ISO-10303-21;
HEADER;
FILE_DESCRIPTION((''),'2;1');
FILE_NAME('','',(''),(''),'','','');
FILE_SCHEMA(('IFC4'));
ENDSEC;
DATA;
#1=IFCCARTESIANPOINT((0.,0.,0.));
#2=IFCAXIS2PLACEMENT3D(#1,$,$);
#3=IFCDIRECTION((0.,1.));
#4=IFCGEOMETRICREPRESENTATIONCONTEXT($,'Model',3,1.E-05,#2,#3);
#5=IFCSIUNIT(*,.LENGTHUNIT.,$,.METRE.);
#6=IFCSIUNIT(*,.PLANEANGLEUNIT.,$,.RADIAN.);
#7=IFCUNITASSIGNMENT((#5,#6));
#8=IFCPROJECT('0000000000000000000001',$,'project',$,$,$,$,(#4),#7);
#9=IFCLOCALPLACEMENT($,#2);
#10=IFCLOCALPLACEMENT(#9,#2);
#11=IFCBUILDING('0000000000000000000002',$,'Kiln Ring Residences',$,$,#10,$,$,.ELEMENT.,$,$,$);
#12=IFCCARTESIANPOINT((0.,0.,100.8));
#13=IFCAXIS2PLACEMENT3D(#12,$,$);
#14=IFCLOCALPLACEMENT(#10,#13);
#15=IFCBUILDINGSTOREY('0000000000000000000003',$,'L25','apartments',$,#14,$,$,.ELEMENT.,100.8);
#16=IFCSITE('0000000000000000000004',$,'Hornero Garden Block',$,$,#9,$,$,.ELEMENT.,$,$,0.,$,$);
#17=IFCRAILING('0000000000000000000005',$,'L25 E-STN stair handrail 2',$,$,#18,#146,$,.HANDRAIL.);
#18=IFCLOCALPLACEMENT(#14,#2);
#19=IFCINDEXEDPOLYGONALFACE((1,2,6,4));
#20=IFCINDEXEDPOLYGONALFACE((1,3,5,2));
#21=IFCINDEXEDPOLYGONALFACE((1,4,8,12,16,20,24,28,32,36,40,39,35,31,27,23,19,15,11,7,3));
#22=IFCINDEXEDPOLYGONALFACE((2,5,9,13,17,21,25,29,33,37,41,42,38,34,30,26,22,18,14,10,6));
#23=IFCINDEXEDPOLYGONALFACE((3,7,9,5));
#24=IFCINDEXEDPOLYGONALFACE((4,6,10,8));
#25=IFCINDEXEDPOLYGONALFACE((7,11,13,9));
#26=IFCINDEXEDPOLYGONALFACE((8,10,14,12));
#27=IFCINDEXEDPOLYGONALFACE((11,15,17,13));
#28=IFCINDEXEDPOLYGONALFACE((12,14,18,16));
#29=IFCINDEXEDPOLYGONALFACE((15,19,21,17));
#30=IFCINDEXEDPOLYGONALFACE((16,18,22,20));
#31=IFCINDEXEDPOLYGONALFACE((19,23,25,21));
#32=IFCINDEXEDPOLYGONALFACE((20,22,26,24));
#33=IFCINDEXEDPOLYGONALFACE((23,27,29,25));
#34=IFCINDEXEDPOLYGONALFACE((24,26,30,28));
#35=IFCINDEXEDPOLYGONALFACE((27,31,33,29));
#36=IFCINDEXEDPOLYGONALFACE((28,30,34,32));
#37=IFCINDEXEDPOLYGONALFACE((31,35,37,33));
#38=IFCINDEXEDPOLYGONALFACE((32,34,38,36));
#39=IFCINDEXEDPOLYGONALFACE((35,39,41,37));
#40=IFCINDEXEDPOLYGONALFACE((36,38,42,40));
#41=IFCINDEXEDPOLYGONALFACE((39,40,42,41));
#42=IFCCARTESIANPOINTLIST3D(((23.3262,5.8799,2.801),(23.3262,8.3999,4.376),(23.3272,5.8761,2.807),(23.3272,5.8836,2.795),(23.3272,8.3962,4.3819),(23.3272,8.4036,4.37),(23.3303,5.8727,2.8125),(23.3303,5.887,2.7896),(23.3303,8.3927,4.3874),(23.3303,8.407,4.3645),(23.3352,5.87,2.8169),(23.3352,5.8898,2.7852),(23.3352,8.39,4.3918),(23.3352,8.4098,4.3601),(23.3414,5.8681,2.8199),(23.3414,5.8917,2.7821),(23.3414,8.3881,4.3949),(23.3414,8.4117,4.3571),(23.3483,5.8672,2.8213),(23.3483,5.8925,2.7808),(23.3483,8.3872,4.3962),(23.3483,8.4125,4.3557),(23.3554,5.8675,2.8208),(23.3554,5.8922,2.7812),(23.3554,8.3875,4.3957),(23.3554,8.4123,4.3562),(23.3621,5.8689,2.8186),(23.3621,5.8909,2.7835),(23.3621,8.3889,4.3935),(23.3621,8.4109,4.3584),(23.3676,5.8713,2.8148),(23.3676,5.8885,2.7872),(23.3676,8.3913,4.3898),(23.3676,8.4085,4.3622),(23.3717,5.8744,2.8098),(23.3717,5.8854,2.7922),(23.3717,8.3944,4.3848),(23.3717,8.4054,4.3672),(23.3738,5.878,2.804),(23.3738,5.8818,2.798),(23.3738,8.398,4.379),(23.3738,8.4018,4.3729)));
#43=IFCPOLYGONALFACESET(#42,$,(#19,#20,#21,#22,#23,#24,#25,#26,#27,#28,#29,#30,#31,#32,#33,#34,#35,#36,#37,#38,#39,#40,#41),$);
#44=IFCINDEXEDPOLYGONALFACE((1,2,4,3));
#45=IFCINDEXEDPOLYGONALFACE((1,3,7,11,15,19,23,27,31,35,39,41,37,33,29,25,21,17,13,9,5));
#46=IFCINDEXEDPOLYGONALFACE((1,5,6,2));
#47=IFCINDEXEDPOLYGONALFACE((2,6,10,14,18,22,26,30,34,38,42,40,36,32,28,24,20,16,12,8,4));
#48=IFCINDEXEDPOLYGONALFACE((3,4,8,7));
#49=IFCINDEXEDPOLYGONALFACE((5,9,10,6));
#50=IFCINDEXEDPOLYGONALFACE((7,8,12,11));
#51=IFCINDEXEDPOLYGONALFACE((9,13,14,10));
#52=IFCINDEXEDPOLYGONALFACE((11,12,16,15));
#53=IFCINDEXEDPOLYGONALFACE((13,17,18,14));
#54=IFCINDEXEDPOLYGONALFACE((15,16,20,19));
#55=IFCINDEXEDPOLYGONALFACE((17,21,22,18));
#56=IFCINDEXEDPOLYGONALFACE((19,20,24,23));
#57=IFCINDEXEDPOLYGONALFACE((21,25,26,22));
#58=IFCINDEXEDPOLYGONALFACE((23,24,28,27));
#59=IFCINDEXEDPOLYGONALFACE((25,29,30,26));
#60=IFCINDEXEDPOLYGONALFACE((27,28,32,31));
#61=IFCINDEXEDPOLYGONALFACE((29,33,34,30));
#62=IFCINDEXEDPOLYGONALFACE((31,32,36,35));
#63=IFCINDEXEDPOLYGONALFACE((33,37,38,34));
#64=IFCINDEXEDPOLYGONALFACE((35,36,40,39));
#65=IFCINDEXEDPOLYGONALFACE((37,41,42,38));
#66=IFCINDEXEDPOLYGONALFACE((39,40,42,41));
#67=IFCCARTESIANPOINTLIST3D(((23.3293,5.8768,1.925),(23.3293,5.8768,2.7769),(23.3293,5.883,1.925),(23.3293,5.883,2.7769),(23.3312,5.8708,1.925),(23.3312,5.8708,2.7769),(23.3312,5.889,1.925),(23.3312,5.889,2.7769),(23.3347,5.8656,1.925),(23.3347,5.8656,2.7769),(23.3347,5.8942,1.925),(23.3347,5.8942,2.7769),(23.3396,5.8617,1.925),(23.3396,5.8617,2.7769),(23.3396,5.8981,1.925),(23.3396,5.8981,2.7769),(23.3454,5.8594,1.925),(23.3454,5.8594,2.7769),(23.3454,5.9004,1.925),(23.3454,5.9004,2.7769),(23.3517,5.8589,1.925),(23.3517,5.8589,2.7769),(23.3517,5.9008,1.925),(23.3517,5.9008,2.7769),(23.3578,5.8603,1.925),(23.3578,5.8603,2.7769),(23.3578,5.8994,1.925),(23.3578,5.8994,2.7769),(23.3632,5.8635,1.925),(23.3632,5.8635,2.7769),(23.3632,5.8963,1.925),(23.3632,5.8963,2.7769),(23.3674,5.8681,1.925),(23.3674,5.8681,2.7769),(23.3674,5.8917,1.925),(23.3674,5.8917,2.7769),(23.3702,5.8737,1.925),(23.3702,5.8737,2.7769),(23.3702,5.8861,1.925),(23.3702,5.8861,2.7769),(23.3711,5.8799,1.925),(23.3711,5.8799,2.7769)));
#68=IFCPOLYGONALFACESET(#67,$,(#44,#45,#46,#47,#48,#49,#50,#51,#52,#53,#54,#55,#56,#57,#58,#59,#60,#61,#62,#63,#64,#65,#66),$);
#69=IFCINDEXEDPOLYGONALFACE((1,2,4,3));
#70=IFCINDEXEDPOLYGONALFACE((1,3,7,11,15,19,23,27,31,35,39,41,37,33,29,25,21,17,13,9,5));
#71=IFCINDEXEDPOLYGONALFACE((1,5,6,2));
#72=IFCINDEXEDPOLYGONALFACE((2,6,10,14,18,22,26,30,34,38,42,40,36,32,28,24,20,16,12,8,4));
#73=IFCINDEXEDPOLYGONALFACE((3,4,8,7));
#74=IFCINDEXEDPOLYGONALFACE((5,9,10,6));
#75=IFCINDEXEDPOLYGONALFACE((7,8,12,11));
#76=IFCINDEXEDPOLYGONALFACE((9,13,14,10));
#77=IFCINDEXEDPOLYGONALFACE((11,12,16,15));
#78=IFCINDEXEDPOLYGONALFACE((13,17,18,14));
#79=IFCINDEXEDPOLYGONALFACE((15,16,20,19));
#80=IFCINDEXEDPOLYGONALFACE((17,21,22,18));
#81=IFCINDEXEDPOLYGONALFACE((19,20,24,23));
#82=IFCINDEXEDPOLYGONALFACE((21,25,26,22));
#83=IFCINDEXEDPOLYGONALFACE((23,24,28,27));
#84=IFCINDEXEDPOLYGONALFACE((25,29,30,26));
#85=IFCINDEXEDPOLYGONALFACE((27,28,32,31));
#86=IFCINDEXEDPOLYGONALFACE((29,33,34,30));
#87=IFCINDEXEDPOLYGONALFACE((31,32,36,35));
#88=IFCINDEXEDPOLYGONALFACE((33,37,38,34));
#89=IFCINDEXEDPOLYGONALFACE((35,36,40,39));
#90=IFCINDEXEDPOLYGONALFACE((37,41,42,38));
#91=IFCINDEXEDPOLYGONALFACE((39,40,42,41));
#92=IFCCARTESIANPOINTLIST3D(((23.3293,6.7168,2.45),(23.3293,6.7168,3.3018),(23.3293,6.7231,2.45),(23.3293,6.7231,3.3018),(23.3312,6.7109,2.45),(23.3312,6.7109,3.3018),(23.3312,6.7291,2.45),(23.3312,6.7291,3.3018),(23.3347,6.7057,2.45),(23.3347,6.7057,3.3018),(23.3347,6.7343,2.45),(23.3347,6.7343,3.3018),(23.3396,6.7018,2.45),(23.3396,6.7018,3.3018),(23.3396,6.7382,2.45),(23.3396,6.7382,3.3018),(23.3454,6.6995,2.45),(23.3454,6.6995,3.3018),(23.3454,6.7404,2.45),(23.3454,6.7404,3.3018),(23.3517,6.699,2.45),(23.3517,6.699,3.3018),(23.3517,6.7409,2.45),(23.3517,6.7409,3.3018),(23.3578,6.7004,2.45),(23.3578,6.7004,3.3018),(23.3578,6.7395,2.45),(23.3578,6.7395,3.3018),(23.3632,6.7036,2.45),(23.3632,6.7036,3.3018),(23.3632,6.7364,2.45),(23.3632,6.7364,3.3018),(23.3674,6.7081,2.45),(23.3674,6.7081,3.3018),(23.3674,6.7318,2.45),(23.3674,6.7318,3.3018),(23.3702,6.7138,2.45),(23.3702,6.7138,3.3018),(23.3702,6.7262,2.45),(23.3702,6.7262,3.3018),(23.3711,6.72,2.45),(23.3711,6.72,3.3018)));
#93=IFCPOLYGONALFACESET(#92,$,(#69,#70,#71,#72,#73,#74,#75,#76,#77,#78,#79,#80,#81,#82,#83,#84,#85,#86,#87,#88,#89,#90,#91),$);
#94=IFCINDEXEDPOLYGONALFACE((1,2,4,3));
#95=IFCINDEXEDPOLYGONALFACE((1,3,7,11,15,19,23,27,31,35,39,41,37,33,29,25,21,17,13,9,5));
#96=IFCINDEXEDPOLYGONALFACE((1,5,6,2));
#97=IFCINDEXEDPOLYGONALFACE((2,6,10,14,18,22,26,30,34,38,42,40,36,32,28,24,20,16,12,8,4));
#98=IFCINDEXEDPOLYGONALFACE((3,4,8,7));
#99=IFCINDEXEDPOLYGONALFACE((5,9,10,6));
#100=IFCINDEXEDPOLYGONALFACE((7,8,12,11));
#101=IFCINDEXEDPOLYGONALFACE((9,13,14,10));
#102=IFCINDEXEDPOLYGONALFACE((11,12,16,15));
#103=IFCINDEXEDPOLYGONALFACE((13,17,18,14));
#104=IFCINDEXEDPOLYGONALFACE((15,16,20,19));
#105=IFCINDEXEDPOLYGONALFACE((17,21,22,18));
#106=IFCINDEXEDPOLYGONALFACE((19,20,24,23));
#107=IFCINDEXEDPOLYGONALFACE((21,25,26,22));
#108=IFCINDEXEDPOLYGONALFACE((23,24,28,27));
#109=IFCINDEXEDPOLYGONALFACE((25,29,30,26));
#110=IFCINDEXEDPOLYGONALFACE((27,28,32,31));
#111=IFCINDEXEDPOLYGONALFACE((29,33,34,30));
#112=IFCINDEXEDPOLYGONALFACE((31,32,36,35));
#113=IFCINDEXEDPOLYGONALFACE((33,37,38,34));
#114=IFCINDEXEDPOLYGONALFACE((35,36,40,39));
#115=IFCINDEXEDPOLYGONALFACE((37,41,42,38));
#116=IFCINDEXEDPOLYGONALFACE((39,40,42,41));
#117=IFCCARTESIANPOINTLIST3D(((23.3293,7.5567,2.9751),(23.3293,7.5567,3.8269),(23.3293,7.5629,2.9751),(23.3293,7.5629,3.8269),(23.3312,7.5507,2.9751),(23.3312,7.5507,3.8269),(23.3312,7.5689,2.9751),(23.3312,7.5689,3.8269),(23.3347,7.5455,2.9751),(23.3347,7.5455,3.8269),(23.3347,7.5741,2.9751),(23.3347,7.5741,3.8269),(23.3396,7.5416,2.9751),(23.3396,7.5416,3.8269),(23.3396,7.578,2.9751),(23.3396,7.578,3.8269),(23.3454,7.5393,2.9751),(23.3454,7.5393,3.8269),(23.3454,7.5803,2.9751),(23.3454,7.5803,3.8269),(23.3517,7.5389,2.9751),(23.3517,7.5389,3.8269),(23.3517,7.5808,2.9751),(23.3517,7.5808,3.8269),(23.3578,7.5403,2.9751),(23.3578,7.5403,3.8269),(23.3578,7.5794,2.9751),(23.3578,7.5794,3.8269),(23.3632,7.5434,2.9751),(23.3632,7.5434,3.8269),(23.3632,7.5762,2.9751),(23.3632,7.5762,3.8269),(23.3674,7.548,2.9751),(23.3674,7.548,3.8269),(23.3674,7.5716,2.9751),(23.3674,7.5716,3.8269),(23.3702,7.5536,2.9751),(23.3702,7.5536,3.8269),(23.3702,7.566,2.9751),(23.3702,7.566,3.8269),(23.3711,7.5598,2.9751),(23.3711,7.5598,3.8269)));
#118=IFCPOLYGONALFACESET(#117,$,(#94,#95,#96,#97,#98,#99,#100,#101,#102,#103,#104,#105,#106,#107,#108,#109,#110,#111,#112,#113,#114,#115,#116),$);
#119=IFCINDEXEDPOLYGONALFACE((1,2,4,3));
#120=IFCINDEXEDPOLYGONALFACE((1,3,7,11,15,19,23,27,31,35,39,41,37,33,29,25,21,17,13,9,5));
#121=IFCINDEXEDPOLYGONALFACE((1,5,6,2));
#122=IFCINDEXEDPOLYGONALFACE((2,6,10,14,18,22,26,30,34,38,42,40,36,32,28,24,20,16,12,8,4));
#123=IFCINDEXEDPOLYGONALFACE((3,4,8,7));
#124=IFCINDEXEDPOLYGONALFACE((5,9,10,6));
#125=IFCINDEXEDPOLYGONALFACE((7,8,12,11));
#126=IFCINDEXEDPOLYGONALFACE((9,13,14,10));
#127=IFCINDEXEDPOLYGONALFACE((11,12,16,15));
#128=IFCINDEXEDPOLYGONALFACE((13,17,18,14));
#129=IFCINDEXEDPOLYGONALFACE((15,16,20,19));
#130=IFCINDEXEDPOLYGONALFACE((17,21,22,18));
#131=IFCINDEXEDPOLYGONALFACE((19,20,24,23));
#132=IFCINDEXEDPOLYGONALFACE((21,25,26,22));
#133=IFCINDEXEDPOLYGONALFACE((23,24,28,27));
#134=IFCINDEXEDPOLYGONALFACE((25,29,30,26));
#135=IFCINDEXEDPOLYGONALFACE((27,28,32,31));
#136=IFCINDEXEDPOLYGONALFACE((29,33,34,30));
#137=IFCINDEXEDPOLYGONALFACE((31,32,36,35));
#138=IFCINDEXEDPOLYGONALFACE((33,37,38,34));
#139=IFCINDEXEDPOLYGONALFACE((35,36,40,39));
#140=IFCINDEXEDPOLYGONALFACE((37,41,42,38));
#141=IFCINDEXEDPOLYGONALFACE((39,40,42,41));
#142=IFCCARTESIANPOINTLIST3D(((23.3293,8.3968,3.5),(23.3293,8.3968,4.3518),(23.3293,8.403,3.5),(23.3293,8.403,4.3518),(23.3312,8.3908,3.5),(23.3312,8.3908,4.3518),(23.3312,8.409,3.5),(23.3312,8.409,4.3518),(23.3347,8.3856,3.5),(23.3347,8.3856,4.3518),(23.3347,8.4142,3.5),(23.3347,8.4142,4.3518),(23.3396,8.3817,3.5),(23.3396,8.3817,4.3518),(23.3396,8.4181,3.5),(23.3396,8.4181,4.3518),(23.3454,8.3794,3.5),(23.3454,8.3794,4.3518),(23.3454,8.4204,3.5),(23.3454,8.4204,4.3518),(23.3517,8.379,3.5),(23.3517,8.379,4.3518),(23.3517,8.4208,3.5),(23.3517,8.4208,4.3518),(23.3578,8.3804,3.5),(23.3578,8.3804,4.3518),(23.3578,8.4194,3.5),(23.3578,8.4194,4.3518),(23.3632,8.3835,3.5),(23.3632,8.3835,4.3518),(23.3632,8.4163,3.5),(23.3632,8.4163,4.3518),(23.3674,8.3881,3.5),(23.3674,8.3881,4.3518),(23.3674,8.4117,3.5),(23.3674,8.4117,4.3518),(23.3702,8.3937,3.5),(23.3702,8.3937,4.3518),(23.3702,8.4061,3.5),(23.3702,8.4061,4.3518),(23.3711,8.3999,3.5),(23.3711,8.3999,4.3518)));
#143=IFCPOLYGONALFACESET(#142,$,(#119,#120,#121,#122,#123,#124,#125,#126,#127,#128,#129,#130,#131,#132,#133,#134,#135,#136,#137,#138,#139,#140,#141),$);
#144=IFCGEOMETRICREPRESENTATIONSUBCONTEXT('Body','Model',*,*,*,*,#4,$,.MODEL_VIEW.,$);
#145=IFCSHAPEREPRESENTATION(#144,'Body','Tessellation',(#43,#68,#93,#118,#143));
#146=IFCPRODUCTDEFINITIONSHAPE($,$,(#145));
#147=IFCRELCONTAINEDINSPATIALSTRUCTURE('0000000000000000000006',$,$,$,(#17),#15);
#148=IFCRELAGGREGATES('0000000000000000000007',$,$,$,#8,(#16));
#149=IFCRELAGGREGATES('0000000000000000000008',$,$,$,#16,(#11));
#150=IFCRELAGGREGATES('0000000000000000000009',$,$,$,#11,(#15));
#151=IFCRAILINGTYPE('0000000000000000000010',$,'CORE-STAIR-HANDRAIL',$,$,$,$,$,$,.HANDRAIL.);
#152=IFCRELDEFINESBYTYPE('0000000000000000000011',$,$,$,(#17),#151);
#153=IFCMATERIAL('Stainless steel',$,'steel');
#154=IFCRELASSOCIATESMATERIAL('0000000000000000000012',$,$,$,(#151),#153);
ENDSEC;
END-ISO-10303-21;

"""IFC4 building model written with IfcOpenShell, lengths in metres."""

from ifc_helpers import new_model, si_unit, direction, frame, origin, origin_2d, place, context, subcontext, project, spatial, circle, extrude, material, type_object, element, save


model = new_model("IFC4")

# Units and contexts
model_context = context("Model", 3, precision=1e-05, world=origin(), true_north=direction((0.0, 1.0)))
body_context = subcontext(model_context, "Body", "Model", "MODEL_VIEW")
ifc_project = project(units=[si_unit("LENGTHUNIT", "METRE"), si_unit("PLANEANGLEUNIT", "RADIAN")], contexts=[model_context])

# Site, building, storey
site_placement = place(None, origin())
site = spatial("IfcSite", under=ifc_project, at=site_placement, Name="Hornero Garden Block", CompositionType="ELEMENT", RefElevation=0.0)
building_placement = place(site_placement, origin())
building = spatial("IfcBuilding", under=site, at=building_placement, Name="Kiln Ring Residences", CompositionType="ELEMENT")
storey_placement = place(building_placement, frame((0.0, 0.0, 100.8)))
storey = spatial("IfcBuildingStorey", under=building, at=storey_placement, Name="L25", Description="apartments", CompositionType="ELEMENT", Elevation=100.8)

# Railing
ifc_material_1 = material(Name="Stainless steel", Category="steel")
railing_type_1 = type_object("IfcRailingType", Name="CORE-STAIR-HANDRAIL", PredefinedType="HANDRAIL", material=ifc_material_1)
railing_1_placement = place(storey_placement, frame((23.3501, 5.8799, 1.925)))
element("IfcRailing", 1, at=railing_1_placement, inside=storey, type_object=railing_type_1, Name="L25 E-STN stair handrail 2", PredefinedType="HANDRAIL", context=body_context, shape_type="SweptSolid", body=[
    extrude(circle(Radius=0.0239, at=origin_2d()), frame((0.0, 0.0, 0.876), z_axis=(0.0, 0.848008, 0.529984), x_axis=(-1.0, 0.0, 0.0)), (0.0, 0.0, 1.0), 2.9717),
    extrude(circle(Radius=0.021, at=origin_2d()), origin(), (0.0, 0.0, 1.0), 0.8518),
    extrude(circle(Radius=0.021, at=origin_2d()), frame((0.0, 0.8401, 0.5249)), (0.0, 0.0, 1.0), 0.8518),
    extrude(circle(Radius=0.021, at=origin_2d()), frame((0.0, 1.6799, 1.05)), (0.0, 0.0, 1.0), 0.8518),
    extrude(circle(Radius=0.021, at=origin_2d()), frame((0.0, 2.52, 1.575)), (0.0, 0.0, 1.0), 0.8518),
])

save(model, "model.ifc")
